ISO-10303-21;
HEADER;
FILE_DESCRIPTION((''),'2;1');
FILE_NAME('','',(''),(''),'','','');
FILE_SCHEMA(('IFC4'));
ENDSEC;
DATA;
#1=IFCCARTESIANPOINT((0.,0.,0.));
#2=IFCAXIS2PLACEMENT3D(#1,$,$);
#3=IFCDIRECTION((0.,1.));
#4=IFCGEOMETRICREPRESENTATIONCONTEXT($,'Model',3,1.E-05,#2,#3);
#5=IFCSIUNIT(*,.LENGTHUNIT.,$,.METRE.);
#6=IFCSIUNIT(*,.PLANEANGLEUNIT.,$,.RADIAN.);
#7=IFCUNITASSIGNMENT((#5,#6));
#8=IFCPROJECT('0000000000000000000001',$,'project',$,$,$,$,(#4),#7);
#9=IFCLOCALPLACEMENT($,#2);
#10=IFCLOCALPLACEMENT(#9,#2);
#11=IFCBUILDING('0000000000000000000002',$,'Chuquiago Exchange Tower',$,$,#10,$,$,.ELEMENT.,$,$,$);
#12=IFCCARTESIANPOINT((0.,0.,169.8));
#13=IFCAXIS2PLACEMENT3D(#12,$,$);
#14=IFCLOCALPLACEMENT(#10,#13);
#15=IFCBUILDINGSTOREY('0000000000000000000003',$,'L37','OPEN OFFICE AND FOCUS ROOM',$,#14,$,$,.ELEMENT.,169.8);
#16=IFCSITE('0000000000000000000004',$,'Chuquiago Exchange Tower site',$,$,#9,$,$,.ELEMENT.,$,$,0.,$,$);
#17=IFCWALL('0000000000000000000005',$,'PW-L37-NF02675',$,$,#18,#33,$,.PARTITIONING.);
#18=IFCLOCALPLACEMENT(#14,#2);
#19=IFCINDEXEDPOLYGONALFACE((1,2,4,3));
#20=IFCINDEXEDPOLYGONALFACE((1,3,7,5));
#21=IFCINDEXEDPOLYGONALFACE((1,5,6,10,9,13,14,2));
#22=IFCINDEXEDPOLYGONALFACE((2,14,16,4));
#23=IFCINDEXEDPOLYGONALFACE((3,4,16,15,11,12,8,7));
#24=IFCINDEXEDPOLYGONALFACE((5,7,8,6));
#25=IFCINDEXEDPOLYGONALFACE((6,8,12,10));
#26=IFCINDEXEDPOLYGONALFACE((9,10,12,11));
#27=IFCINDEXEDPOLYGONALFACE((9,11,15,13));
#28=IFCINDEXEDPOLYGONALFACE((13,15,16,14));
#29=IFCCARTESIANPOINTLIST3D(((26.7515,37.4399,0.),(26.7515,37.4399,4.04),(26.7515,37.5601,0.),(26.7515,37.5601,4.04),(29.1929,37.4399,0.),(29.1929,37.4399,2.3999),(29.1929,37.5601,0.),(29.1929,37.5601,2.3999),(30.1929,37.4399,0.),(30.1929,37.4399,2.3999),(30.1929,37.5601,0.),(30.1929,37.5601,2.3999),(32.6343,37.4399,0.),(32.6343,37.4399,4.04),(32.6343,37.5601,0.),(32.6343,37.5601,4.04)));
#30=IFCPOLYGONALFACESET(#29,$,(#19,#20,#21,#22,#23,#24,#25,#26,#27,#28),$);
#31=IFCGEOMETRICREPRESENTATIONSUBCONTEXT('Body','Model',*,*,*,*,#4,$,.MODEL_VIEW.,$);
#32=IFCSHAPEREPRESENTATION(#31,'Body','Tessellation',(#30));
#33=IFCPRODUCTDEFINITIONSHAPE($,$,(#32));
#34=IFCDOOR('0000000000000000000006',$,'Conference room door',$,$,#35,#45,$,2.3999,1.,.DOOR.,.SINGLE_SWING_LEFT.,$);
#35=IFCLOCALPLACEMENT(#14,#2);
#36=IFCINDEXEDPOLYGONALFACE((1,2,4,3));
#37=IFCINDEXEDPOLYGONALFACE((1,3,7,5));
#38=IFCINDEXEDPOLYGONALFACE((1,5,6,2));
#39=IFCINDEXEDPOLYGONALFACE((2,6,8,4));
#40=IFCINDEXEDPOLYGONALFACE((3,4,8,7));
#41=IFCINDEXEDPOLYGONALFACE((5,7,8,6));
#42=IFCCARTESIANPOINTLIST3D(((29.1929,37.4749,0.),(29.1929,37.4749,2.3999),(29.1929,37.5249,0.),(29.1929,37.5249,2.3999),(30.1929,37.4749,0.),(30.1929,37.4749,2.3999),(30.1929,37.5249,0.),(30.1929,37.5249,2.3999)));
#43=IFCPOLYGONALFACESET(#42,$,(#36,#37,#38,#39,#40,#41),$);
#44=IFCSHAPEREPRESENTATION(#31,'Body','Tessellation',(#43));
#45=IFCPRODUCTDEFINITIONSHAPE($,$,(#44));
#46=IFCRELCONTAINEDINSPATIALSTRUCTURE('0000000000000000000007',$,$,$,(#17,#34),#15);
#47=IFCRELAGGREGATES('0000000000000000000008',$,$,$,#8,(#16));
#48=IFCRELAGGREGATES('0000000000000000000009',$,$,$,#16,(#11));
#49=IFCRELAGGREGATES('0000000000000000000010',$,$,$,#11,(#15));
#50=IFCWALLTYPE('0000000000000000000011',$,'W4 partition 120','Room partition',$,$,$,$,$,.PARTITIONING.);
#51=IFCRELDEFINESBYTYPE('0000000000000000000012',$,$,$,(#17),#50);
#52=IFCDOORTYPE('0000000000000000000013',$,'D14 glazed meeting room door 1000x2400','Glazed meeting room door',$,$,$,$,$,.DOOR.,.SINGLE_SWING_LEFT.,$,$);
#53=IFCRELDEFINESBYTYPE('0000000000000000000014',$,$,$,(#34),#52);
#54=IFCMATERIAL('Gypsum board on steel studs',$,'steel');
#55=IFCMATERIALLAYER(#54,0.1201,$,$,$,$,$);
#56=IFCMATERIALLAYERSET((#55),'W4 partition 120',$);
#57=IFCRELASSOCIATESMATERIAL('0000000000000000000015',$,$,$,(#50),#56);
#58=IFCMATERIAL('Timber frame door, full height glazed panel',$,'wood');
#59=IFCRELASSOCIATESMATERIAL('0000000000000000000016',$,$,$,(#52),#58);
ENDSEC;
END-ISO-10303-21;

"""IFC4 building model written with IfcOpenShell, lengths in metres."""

from ifc_helpers import new_model, si_unit, direction, frame, frame_2d, origin, place, context, subcontext, project, spatial, rectangle, extrude, material, layer, layer_set, type_object, element, fill, save


model = new_model("IFC4")

# Units and contexts
model_context = context("Model", 3, precision=1e-05, world=origin(), true_north=direction((0.0, 1.0)))
body_context = subcontext(model_context, "Body", "Model", "MODEL_VIEW")
ifc_project = project(units=[si_unit("LENGTHUNIT", "METRE"), si_unit("PLANEANGLEUNIT", "RADIAN")], contexts=[model_context])

# Site, building, storey
site_placement = place(None, origin())
site = spatial("IfcSite", under=ifc_project, at=site_placement, Name="Chuquiago Exchange Tower site", CompositionType="ELEMENT", RefElevation=0.0)
building_placement = place(site_placement, origin())
building = spatial("IfcBuilding", under=site, at=building_placement, Name="Chuquiago Exchange Tower", CompositionType="ELEMENT")
storey_placement = place(building_placement, frame((0.0, 0.0, 169.8)))
storey = spatial("IfcBuildingStorey", under=building, at=storey_placement, Name="L37", Description="OPEN OFFICE AND FOCUS ROOM", CompositionType="ELEMENT", Elevation=169.8)

# Shared definitions
ifc_material_1 = material(Name="Gypsum board on steel studs", Category="steel")
ifc_layer_1 = layer(ifc_material_1, 0.1201)
ifc_layer_set_1 = layer_set([ifc_layer_1], Name="W4 partition 120")
wall_type_1 = type_object("IfcWallType", Name="W4 partition 120", Description="Room partition", PredefinedType="PARTITIONING", material=ifc_layer_set_1)

# Wall, opening, door
ifc_material_2 = material(Name="Timber frame door, full height glazed panel", Category="wood")
door_type = type_object("IfcDoorType", Name="D14 glazed meeting room door 1000x2400", Description="Glazed meeting room door", OperationType="SINGLE_SWING_LEFT", PredefinedType="DOOR", material=ifc_material_2)
wall_1_placement = place(storey_placement, frame((26.7515, 37.5, 0.0), z_axis=(0.0, 0.0, 1.0), x_axis=(1.0, 0.0, 0.0)))
wall_1 = element("IfcWall", 1, at=wall_1_placement, inside=storey, type_object=wall_type_1, Name="PW-L37-NF02675", PredefinedType="PARTITIONING", context=body_context, shape_type="SweptSolid", body=[
    extrude(rectangle(XDim=5.8828, YDim=0.1201, at=frame_2d((2.9414, 0.0))), origin(), (0.0, 0.0, 1.0), 4.04),
])
opening_1_placement = place(wall_1_placement, frame((2.4414, 0.0, 0.0)))
opening_1 = element("IfcOpeningElement", 2, at=opening_1_placement, cuts=wall_1, PredefinedType="OPENING", context=body_context, shape_type="SweptSolid", body=[
    extrude(rectangle(XDim=1.0, YDim=2.3999, at=frame_2d((0.5, 1.2))), frame((0.0, 0.0701, 0.0), z_axis=(0.0, -1.0, 0.0), x_axis=(1.0, 0.0, 0.0)), (0.0, 0.0, 1.0), 0.1401),
])
door_1_placement = place(opening_1_placement, origin())
door_1 = element("IfcDoor", 3, at=door_1_placement, inside=storey, type_object=door_type, Name="Conference room door", OperationType="SINGLE_SWING_LEFT", OverallHeight=2.3999, OverallWidth=1.0, PredefinedType="DOOR", context=body_context, shape_type="SweptSolid", body=[
    extrude(rectangle(XDim=1.0, YDim=2.3999, at=frame_2d((0.5, 1.2))), frame((0.0, 0.0249, 0.0), z_axis=(0.0, -1.0, 0.0), x_axis=(1.0, 0.0, 0.0)), (0.0, 0.0, 1.0), 0.05),
])
fill(opening_1, door_1)

save(model, "model.ifc")
